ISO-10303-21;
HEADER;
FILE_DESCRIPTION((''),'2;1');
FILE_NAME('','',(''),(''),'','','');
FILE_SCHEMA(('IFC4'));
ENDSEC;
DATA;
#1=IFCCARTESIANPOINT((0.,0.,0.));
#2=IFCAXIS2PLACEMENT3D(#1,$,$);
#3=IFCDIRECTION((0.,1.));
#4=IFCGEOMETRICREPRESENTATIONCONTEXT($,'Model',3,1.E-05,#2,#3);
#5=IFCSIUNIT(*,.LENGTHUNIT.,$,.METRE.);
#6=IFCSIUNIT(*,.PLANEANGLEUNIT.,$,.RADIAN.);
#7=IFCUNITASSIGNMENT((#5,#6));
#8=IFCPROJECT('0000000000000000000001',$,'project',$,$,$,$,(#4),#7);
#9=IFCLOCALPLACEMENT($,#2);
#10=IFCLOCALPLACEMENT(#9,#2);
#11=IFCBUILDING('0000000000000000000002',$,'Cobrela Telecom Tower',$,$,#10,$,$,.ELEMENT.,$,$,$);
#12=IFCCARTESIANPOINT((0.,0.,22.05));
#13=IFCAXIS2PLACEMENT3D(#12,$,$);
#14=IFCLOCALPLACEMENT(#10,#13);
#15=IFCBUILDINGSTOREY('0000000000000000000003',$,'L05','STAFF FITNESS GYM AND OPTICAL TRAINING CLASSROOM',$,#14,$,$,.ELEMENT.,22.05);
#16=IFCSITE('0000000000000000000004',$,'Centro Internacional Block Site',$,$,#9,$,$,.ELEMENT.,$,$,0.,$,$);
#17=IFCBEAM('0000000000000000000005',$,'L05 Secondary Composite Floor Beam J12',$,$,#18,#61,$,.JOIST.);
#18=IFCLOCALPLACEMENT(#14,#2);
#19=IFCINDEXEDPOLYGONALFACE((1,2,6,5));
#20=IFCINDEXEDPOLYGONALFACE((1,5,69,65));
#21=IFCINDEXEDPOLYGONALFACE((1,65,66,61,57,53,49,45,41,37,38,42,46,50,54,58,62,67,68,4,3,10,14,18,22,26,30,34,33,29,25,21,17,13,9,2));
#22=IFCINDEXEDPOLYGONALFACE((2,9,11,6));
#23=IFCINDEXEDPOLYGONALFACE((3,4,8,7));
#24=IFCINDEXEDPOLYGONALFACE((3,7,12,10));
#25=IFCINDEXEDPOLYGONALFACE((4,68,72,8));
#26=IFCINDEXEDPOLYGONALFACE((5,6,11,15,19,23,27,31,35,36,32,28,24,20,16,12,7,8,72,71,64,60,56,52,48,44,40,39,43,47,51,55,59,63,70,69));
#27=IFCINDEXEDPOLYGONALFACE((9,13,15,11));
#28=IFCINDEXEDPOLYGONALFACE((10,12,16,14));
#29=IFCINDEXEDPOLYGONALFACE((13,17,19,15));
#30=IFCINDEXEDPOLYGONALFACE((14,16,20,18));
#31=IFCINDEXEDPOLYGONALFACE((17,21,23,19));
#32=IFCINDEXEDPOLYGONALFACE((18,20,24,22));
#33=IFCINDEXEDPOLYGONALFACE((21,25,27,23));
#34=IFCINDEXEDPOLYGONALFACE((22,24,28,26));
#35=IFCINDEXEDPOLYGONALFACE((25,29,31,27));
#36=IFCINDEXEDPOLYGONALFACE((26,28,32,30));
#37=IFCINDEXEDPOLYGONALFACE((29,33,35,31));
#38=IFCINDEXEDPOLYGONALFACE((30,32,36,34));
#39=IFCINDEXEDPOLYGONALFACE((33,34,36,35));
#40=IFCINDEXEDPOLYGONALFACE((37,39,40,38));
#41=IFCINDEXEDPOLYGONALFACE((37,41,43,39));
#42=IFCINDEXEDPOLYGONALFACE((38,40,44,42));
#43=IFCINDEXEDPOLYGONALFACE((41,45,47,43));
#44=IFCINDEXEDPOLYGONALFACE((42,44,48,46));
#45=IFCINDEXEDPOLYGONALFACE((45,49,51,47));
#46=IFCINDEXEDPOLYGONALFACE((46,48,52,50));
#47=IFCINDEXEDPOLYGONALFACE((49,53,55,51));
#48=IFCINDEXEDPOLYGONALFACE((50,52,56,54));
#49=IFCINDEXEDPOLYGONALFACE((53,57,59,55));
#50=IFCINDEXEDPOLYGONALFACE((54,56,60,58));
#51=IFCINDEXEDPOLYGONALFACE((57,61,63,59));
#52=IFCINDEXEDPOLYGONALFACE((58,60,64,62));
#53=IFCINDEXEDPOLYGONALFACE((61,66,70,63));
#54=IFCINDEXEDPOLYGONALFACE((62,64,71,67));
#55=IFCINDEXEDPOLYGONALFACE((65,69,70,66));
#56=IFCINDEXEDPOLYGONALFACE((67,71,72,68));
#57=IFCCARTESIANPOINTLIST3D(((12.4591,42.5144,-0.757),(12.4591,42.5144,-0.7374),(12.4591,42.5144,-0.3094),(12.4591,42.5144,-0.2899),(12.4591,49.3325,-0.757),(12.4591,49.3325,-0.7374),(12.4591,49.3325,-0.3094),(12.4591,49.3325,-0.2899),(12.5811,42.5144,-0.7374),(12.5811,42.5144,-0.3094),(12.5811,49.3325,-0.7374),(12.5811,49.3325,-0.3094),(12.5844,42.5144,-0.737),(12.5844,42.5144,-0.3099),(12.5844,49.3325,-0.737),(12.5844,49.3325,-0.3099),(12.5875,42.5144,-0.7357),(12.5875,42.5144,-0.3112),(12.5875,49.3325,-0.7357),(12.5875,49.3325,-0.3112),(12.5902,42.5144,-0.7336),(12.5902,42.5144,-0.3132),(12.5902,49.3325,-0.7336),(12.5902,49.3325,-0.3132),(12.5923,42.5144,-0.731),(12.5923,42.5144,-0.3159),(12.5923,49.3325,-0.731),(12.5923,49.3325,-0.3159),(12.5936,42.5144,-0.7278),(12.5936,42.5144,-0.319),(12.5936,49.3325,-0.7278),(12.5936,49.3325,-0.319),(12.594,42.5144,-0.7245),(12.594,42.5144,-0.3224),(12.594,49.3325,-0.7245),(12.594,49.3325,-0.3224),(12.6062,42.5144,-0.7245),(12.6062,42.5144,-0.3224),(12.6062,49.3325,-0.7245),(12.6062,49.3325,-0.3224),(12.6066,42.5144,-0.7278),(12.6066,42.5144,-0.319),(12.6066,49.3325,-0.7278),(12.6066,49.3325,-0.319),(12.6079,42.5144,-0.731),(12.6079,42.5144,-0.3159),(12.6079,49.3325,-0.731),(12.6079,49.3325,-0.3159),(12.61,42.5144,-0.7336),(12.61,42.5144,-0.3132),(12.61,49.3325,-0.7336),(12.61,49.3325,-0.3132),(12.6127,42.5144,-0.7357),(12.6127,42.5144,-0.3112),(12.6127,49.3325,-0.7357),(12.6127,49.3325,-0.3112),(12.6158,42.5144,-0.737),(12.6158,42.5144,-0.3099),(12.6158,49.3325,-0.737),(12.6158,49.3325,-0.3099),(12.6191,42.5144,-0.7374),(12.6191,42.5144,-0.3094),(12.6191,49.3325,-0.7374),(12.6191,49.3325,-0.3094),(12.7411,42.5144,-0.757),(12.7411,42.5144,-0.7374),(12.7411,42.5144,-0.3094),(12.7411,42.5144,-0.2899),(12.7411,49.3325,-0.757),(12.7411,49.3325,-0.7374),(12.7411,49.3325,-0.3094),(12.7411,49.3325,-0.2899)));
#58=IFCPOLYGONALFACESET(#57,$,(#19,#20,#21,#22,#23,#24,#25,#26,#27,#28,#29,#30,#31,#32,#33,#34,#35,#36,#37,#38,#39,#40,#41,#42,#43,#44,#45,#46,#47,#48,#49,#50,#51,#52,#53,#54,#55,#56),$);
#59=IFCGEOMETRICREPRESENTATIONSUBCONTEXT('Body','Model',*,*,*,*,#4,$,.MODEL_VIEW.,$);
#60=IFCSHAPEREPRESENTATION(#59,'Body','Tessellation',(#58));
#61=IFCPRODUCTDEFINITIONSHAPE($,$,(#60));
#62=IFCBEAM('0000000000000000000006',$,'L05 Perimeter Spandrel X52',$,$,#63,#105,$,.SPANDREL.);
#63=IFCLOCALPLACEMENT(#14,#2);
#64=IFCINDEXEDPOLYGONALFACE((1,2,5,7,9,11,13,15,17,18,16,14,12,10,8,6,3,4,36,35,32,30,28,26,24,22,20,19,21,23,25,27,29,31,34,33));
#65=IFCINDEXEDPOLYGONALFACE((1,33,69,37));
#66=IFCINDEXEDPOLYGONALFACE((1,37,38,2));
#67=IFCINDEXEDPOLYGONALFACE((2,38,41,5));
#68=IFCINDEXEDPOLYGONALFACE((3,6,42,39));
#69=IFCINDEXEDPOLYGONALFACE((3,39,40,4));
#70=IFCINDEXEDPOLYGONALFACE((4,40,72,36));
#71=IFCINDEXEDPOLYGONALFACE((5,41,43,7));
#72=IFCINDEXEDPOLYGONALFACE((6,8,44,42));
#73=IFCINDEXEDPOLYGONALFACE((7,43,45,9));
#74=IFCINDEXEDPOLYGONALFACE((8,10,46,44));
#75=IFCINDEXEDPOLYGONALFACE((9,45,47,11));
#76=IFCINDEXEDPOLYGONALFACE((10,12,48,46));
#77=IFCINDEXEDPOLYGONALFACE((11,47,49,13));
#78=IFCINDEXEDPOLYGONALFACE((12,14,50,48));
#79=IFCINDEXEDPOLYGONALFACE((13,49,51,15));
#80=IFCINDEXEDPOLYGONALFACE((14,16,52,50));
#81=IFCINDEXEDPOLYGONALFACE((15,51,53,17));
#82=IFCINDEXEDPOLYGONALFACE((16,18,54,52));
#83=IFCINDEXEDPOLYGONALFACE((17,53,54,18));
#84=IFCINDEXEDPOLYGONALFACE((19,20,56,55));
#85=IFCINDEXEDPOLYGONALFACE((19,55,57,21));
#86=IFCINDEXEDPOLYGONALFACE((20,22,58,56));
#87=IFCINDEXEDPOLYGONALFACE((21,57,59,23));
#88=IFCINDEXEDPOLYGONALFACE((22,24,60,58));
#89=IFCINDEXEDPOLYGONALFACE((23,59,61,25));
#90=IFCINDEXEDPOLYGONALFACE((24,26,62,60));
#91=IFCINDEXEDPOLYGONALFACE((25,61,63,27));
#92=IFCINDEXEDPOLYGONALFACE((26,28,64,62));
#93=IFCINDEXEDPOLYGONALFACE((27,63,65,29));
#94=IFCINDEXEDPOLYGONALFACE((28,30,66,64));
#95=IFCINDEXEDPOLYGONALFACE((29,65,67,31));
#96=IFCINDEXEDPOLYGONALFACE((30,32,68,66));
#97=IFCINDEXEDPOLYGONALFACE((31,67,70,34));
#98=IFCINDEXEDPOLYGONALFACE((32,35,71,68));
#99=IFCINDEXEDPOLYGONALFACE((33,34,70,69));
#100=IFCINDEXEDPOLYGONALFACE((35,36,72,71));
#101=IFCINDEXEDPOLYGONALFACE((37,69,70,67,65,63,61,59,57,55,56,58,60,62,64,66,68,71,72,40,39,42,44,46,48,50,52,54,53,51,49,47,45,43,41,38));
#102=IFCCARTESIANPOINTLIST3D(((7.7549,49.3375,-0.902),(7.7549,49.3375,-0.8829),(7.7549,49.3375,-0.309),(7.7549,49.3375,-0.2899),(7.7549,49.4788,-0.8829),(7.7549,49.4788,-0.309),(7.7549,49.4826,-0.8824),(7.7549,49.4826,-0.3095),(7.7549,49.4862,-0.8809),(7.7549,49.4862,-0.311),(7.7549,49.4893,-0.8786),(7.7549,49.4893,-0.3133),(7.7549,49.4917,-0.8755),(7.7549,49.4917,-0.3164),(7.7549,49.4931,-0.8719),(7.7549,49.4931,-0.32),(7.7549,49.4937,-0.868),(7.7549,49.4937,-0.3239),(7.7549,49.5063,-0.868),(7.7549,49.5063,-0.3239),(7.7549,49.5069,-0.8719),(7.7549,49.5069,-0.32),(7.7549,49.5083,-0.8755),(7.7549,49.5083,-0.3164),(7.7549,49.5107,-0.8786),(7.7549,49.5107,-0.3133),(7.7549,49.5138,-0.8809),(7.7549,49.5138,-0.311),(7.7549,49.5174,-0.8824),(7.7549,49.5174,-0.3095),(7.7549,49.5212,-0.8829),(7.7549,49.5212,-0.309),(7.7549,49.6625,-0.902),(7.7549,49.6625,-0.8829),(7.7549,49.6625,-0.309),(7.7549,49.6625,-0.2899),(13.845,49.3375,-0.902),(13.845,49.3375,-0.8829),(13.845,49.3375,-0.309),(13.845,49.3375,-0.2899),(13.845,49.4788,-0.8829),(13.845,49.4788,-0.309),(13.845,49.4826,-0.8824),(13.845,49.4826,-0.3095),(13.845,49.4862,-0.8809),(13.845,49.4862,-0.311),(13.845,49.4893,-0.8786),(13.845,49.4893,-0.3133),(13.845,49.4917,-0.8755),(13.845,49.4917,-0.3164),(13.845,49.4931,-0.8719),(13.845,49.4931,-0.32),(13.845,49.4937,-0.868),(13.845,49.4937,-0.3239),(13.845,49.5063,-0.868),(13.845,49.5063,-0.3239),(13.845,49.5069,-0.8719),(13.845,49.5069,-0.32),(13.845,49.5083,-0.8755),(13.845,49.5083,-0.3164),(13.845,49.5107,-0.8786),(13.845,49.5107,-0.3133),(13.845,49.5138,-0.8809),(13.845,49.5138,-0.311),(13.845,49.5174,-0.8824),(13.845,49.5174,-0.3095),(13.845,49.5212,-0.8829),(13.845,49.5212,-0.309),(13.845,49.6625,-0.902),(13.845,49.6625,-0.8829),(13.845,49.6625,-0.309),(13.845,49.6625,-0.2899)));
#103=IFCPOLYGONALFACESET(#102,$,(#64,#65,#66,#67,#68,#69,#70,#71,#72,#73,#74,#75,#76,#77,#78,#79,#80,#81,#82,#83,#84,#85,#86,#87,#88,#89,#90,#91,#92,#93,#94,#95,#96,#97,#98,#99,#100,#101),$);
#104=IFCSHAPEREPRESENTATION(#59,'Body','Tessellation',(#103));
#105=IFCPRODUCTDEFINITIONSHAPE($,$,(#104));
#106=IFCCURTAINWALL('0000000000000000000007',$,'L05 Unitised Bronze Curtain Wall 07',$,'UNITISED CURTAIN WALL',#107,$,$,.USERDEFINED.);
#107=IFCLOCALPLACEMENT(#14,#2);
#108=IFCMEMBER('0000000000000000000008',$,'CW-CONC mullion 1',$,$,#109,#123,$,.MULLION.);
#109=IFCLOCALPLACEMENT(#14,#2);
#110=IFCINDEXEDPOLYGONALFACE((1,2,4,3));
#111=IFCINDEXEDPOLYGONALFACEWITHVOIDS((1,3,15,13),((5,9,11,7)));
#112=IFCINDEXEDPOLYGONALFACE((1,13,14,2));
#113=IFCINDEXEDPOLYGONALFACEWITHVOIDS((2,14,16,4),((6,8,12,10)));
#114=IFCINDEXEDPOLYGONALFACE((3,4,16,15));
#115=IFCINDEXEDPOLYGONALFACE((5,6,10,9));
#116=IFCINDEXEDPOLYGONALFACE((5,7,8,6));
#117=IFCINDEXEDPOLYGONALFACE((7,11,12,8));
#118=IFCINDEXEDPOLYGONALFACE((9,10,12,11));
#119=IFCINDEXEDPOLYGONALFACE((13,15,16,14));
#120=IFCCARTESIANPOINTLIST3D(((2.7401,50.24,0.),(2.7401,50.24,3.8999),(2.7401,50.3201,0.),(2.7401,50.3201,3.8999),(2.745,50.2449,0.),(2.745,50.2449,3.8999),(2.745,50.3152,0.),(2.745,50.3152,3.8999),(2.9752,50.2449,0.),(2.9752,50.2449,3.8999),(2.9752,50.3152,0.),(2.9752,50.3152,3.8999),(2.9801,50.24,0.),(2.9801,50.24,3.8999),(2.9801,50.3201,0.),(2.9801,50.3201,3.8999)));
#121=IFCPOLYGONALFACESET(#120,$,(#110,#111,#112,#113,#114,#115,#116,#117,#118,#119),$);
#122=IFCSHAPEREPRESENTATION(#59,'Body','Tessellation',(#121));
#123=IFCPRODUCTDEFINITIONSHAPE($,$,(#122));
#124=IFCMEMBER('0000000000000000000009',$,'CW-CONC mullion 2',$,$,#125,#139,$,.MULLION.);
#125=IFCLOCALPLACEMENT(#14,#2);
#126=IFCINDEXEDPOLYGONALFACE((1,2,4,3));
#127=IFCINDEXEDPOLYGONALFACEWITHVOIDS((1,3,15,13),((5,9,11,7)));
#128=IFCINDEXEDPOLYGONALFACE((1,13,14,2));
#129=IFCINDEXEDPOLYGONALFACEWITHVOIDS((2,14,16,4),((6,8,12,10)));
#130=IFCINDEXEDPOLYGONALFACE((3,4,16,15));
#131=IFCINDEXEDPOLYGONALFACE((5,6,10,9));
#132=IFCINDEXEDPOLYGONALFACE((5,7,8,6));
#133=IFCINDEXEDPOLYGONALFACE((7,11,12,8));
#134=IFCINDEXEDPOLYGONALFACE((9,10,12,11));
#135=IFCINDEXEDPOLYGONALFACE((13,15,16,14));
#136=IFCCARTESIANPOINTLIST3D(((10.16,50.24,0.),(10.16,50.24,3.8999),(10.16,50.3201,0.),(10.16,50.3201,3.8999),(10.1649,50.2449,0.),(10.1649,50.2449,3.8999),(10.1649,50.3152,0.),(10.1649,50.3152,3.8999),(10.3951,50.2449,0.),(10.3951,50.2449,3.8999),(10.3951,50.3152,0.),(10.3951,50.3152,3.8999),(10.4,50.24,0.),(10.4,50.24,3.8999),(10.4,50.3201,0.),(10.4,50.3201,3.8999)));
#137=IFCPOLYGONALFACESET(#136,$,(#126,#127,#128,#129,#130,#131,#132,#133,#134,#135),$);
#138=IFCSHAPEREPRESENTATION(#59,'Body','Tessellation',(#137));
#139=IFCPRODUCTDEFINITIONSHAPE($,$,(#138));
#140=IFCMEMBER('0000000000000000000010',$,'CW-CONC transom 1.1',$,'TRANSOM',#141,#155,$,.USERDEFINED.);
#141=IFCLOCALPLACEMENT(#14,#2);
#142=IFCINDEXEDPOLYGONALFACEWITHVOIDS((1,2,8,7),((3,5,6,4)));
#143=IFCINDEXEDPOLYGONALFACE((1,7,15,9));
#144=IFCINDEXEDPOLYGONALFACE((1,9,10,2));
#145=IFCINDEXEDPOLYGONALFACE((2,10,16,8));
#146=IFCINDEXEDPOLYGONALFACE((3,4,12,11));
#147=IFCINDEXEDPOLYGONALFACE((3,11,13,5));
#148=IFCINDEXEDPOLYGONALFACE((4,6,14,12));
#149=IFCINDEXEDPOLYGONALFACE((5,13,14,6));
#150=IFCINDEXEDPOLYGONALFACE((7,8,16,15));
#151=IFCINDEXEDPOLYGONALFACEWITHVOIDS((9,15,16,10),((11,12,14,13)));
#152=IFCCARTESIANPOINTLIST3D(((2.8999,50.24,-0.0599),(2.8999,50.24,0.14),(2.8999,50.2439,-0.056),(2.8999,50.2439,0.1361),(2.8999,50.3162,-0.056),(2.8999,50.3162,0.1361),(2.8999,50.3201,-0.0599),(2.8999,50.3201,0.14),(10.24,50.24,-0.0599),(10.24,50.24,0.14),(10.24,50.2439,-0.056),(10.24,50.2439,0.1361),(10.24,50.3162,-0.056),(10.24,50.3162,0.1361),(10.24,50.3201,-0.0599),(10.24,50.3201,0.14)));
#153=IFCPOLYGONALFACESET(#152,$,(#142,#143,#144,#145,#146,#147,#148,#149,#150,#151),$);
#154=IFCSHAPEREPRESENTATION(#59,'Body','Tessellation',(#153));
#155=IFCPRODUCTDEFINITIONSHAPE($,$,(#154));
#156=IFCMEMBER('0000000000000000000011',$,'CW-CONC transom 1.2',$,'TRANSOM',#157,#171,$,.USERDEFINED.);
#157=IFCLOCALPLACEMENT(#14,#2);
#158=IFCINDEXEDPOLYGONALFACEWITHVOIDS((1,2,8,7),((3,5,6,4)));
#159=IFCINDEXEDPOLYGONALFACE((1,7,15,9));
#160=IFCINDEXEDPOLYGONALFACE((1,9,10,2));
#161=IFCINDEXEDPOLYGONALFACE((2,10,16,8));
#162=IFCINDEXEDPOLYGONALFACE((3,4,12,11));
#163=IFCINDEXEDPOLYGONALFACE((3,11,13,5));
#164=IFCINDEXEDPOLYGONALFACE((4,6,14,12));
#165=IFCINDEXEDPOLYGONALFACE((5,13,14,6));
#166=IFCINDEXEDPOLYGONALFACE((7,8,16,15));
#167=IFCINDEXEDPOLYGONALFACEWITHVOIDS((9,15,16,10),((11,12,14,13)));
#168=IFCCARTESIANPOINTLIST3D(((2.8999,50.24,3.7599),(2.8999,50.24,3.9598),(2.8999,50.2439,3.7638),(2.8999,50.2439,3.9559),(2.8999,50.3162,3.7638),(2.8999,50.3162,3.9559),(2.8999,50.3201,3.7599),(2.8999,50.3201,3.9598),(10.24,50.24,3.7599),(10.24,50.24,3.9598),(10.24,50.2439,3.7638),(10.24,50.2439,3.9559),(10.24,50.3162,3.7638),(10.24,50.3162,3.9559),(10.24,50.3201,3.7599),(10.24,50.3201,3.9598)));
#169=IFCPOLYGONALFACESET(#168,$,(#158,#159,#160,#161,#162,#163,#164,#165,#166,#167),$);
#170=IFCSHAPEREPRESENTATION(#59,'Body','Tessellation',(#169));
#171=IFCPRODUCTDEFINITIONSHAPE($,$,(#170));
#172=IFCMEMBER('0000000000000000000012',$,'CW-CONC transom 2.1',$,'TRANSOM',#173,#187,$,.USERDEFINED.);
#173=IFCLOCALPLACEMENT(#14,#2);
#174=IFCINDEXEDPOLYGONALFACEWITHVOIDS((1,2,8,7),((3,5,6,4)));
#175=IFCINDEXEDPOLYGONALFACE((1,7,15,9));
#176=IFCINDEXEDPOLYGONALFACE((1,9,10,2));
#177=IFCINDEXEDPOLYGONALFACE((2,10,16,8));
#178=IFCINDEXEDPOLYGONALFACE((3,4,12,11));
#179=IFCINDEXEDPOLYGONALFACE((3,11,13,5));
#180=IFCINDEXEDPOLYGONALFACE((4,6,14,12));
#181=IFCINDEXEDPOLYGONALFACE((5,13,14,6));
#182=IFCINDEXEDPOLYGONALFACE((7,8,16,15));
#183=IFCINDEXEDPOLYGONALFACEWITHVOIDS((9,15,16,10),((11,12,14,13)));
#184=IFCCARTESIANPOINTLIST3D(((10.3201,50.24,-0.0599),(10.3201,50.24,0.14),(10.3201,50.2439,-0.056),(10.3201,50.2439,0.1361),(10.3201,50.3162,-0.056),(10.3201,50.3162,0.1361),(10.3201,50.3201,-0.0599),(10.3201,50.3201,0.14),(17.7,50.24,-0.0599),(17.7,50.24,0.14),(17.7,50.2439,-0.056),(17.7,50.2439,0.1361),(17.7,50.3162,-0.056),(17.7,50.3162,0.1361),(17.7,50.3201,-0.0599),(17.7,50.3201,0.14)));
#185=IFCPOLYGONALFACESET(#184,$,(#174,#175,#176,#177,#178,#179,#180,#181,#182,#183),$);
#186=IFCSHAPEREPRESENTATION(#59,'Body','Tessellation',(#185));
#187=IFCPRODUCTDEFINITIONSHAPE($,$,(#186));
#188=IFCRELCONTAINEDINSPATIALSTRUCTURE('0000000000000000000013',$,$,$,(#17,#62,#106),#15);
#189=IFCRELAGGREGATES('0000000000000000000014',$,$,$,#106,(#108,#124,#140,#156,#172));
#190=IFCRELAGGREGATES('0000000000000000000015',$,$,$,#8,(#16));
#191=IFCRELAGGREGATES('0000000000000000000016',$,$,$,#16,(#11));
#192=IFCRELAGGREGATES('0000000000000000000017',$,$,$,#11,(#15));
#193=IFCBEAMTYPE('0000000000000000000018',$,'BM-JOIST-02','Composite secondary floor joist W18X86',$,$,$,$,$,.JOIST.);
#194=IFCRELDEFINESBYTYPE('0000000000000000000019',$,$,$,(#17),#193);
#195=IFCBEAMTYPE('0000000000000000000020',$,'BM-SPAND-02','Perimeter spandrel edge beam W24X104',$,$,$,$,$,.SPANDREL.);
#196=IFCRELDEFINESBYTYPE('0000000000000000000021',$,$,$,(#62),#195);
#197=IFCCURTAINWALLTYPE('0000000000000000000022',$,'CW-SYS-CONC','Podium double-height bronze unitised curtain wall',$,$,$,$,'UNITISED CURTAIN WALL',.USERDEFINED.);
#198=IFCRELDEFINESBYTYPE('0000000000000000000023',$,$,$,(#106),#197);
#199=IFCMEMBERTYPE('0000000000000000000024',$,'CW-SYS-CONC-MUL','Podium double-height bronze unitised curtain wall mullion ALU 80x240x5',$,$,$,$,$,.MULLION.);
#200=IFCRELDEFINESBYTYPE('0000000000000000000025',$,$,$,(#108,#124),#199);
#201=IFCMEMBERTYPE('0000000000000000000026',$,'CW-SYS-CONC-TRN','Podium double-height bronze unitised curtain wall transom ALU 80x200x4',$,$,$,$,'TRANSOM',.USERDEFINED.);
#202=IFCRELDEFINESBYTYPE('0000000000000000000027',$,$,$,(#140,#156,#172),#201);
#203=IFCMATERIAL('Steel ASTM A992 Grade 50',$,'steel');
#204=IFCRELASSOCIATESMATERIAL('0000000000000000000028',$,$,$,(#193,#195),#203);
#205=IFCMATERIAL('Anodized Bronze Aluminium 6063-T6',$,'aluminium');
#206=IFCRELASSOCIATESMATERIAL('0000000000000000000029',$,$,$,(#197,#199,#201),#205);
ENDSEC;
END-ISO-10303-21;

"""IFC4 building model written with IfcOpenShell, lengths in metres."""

from ifc_helpers import new_model, si_unit, direction, frame, origin, origin_2d, place, context, subcontext, project, spatial, hollow_rectangle, i_section, extrude, material, material_profile, profile_set, type_object, element, aggregate, save


model = new_model("IFC4")

# Units and contexts
model_context = context("Model", 3, precision=1e-05, world=origin(), true_north=direction((0.0, 1.0)))
body_context = subcontext(model_context, "Body", "Model", "MODEL_VIEW")
ifc_project = project(units=[si_unit("LENGTHUNIT", "METRE"), si_unit("PLANEANGLEUNIT", "RADIAN")], contexts=[model_context])

# Site, building, storey
site_placement = place(None, origin())
site = spatial("IfcSite", under=ifc_project, at=site_placement, Name="Centro Internacional Block Site", CompositionType="ELEMENT", RefElevation=0.0)
building_placement = place(site_placement, origin())
building = spatial("IfcBuilding", under=site, at=building_placement, Name="Cobrela Telecom Tower", CompositionType="ELEMENT")
storey_placement = place(building_placement, frame((0.0, 0.0, 22.05)))
storey = spatial("IfcBuildingStorey", under=building, at=storey_placement, Name="L05", Description="STAFF FITNESS GYM AND OPTICAL TRAINING CLASSROOM", CompositionType="ELEMENT", Elevation=22.05)

# Beams
ifc_material_1 = material(Name="Steel ASTM A992 Grade 50", Category="steel")
ifc_material_profile_1 = material_profile(ifc_material_1, i_section(OverallWidth=0.282, OverallDepth=0.467, WebThickness=0.0122, FlangeThickness=0.0195, FilletRadius=0.0129, at=origin_2d()), Name="W18X86")
ifc_profile_set_1 = profile_set([ifc_material_profile_1], Name="Steel ASTM A992 Grade 50")
beam_type_1 = type_object("IfcBeamType", Name="BM-JOIST-02", Description="Composite secondary floor joist W18X86", PredefinedType="JOIST", material=ifc_profile_set_1)
beam_1_placement = place(storey_placement, frame((12.6001, 42.5144, -0.5234), z_axis=(0.0, 1.0, 0.0), x_axis=(-1.0, 0.0, 0.0)))
element("IfcBeam", 1, at=beam_1_placement, inside=storey, type_object=beam_type_1, Name="L05 Secondary Composite Floor Beam J12", PredefinedType="JOIST", context=body_context, shape_type="SweptSolid", body=[
    extrude(i_section(OverallWidth=0.282, OverallDepth=0.467, WebThickness=0.0122, FlangeThickness=0.0195, FilletRadius=0.0129, at=origin_2d()), origin(), (0.0, 0.0, 1.0), 6.8181),
])
ifc_material_profile_2 = material_profile(ifc_material_1, i_section(OverallWidth=0.325, OverallDepth=0.6121, WebThickness=0.0127, FlangeThickness=0.019, FilletRadius=0.0149, at=origin_2d()), Name="W24X104")
ifc_profile_set_2 = profile_set([ifc_material_profile_2], Name="Steel ASTM A992 Grade 50")
beam_type_2 = type_object("IfcBeamType", Name="BM-SPAND-02", Description="Perimeter spandrel edge beam W24X104", PredefinedType="SPANDREL", material=ifc_profile_set_2)
beam_2_placement = place(storey_placement, frame((7.7549, 49.5, -0.5959), z_axis=(1.0, 0.0, 0.0), x_axis=(0.0, 1.0, 0.0)))
element("IfcBeam", 2, at=beam_2_placement, inside=storey, type_object=beam_type_2, Name="L05 Perimeter Spandrel X52", PredefinedType="SPANDREL", context=body_context, shape_type="SweptSolid", body=[
    extrude(i_section(OverallWidth=0.325, OverallDepth=0.6121, WebThickness=0.0127, FlangeThickness=0.019, FilletRadius=0.0149, at=origin_2d()), origin(), (0.0, 0.0, 1.0), 6.0901),
])

# Curtain wall, members
ifc_material_2 = material(Name="Anodized Bronze Aluminium 6063-T6", Category="aluminium")
curtain_wall_type = type_object("IfcCurtainWallType", Name="CW-SYS-CONC", Description="Podium double-height bronze unitised curtain wall", ElementType="UNITISED CURTAIN WALL", PredefinedType="USERDEFINED", material=ifc_material_2)
curtain_wall_placement = place(storey_placement, origin())
curtain_wall = element("IfcCurtainWall", 3, at=curtain_wall_placement, inside=storey, type_object=curtain_wall_type, Name="L05 Unitised Bronze Curtain Wall 07", ObjectType="UNITISED CURTAIN WALL", PredefinedType="USERDEFINED")
ifc_material_profile_3 = material_profile(ifc_material_2, hollow_rectangle(XDim=0.0801, YDim=0.24, WallThickness=0.0049, at=origin_2d()), Name="ALU 80x240x5")
ifc_profile_set_3 = profile_set([ifc_material_profile_3], Name="Anodized Bronze Aluminium 6063-T6")
member_type_1 = type_object("IfcMemberType", Name="CW-SYS-CONC-MUL", Description="Podium double-height bronze unitised curtain wall mullion ALU 80x240x5", PredefinedType="MULLION", material=ifc_profile_set_3)
member_1_placement = place(storey_placement, frame((2.8601, 50.28, 0.0), z_axis=(0.0, 0.0, 1.0), x_axis=(0.0, 1.0, 0.0)))
member_1 = element("IfcMember", 4, at=member_1_placement, type_object=member_type_1, Name="CW-CONC mullion 1", PredefinedType="MULLION", context=body_context, shape_type="SweptSolid", body=[
    extrude(hollow_rectangle(XDim=0.0801, YDim=0.24, WallThickness=0.0049, at=origin_2d()), origin(), (0.0, 0.0, 1.0), 3.8999),
])
member_2_placement = place(storey_placement, frame((10.28, 50.28, 0.0), z_axis=(0.0, 0.0, 1.0), x_axis=(0.0, 1.0, 0.0)))
member_2 = element("IfcMember", 5, at=member_2_placement, type_object=member_type_1, Name="CW-CONC mullion 2", PredefinedType="MULLION", context=body_context, shape_type="SweptSolid", body=[
    extrude(hollow_rectangle(XDim=0.0801, YDim=0.24, WallThickness=0.0049, at=origin_2d()), origin(), (0.0, 0.0, 1.0), 3.8999),
])
ifc_material_profile_4 = material_profile(ifc_material_2, hollow_rectangle(XDim=0.0801, YDim=0.2, WallThickness=0.0039, at=origin_2d()), Name="ALU 80x200x4")
ifc_profile_set_4 = profile_set([ifc_material_profile_4], Name="Anodized Bronze Aluminium 6063-T6")
member_type_2 = type_object("IfcMemberType", Name="CW-SYS-CONC-TRN", Description="Podium double-height bronze unitised curtain wall transom ALU 80x200x4", ElementType="TRANSOM", PredefinedType="USERDEFINED", material=ifc_profile_set_4)
member_3_placement = place(storey_placement, frame((2.8999, 50.28, 0.04), z_axis=(1.0, 0.0, 0.0), x_axis=(0.0, 1.0, 0.0)))
member_3 = element("IfcMember", 6, at=member_3_placement, type_object=member_type_2, Name="CW-CONC transom 1.1", ObjectType="TRANSOM", PredefinedType="USERDEFINED", context=body_context, shape_type="SweptSolid", body=[
    extrude(hollow_rectangle(XDim=0.0801, YDim=0.2, WallThickness=0.0039, at=origin_2d()), origin(), (0.0, 0.0, 1.0), 7.3401),
])
member_4_placement = place(storey_placement, frame((2.8999, 50.28, 3.8599), z_axis=(1.0, 0.0, 0.0), x_axis=(0.0, 1.0, 0.0)))
member_4 = element("IfcMember", 7, at=member_4_placement, type_object=member_type_2, Name="CW-CONC transom 1.2", ObjectType="TRANSOM", PredefinedType="USERDEFINED", context=body_context, shape_type="SweptSolid", body=[
    extrude(hollow_rectangle(XDim=0.0801, YDim=0.2, WallThickness=0.0039, at=origin_2d()), origin(), (0.0, 0.0, 1.0), 7.3401),
])
member_5_placement = place(storey_placement, frame((10.3201, 50.28, 0.04), z_axis=(1.0, 0.0, 0.0), x_axis=(0.0, 1.0, 0.0)))
member_5 = element("IfcMember", 8, at=member_5_placement, type_object=member_type_2, Name="CW-CONC transom 2.1", ObjectType="TRANSOM", PredefinedType="USERDEFINED", context=body_context, shape_type="SweptSolid", body=[
    extrude(hollow_rectangle(XDim=0.0801, YDim=0.2, WallThickness=0.0039, at=origin_2d()), origin(), (0.0, 0.0, 1.0), 7.3799),
])
aggregate(curtain_wall, [member_1, member_2, member_3, member_4, member_5])

save(model, "model.ifc")
